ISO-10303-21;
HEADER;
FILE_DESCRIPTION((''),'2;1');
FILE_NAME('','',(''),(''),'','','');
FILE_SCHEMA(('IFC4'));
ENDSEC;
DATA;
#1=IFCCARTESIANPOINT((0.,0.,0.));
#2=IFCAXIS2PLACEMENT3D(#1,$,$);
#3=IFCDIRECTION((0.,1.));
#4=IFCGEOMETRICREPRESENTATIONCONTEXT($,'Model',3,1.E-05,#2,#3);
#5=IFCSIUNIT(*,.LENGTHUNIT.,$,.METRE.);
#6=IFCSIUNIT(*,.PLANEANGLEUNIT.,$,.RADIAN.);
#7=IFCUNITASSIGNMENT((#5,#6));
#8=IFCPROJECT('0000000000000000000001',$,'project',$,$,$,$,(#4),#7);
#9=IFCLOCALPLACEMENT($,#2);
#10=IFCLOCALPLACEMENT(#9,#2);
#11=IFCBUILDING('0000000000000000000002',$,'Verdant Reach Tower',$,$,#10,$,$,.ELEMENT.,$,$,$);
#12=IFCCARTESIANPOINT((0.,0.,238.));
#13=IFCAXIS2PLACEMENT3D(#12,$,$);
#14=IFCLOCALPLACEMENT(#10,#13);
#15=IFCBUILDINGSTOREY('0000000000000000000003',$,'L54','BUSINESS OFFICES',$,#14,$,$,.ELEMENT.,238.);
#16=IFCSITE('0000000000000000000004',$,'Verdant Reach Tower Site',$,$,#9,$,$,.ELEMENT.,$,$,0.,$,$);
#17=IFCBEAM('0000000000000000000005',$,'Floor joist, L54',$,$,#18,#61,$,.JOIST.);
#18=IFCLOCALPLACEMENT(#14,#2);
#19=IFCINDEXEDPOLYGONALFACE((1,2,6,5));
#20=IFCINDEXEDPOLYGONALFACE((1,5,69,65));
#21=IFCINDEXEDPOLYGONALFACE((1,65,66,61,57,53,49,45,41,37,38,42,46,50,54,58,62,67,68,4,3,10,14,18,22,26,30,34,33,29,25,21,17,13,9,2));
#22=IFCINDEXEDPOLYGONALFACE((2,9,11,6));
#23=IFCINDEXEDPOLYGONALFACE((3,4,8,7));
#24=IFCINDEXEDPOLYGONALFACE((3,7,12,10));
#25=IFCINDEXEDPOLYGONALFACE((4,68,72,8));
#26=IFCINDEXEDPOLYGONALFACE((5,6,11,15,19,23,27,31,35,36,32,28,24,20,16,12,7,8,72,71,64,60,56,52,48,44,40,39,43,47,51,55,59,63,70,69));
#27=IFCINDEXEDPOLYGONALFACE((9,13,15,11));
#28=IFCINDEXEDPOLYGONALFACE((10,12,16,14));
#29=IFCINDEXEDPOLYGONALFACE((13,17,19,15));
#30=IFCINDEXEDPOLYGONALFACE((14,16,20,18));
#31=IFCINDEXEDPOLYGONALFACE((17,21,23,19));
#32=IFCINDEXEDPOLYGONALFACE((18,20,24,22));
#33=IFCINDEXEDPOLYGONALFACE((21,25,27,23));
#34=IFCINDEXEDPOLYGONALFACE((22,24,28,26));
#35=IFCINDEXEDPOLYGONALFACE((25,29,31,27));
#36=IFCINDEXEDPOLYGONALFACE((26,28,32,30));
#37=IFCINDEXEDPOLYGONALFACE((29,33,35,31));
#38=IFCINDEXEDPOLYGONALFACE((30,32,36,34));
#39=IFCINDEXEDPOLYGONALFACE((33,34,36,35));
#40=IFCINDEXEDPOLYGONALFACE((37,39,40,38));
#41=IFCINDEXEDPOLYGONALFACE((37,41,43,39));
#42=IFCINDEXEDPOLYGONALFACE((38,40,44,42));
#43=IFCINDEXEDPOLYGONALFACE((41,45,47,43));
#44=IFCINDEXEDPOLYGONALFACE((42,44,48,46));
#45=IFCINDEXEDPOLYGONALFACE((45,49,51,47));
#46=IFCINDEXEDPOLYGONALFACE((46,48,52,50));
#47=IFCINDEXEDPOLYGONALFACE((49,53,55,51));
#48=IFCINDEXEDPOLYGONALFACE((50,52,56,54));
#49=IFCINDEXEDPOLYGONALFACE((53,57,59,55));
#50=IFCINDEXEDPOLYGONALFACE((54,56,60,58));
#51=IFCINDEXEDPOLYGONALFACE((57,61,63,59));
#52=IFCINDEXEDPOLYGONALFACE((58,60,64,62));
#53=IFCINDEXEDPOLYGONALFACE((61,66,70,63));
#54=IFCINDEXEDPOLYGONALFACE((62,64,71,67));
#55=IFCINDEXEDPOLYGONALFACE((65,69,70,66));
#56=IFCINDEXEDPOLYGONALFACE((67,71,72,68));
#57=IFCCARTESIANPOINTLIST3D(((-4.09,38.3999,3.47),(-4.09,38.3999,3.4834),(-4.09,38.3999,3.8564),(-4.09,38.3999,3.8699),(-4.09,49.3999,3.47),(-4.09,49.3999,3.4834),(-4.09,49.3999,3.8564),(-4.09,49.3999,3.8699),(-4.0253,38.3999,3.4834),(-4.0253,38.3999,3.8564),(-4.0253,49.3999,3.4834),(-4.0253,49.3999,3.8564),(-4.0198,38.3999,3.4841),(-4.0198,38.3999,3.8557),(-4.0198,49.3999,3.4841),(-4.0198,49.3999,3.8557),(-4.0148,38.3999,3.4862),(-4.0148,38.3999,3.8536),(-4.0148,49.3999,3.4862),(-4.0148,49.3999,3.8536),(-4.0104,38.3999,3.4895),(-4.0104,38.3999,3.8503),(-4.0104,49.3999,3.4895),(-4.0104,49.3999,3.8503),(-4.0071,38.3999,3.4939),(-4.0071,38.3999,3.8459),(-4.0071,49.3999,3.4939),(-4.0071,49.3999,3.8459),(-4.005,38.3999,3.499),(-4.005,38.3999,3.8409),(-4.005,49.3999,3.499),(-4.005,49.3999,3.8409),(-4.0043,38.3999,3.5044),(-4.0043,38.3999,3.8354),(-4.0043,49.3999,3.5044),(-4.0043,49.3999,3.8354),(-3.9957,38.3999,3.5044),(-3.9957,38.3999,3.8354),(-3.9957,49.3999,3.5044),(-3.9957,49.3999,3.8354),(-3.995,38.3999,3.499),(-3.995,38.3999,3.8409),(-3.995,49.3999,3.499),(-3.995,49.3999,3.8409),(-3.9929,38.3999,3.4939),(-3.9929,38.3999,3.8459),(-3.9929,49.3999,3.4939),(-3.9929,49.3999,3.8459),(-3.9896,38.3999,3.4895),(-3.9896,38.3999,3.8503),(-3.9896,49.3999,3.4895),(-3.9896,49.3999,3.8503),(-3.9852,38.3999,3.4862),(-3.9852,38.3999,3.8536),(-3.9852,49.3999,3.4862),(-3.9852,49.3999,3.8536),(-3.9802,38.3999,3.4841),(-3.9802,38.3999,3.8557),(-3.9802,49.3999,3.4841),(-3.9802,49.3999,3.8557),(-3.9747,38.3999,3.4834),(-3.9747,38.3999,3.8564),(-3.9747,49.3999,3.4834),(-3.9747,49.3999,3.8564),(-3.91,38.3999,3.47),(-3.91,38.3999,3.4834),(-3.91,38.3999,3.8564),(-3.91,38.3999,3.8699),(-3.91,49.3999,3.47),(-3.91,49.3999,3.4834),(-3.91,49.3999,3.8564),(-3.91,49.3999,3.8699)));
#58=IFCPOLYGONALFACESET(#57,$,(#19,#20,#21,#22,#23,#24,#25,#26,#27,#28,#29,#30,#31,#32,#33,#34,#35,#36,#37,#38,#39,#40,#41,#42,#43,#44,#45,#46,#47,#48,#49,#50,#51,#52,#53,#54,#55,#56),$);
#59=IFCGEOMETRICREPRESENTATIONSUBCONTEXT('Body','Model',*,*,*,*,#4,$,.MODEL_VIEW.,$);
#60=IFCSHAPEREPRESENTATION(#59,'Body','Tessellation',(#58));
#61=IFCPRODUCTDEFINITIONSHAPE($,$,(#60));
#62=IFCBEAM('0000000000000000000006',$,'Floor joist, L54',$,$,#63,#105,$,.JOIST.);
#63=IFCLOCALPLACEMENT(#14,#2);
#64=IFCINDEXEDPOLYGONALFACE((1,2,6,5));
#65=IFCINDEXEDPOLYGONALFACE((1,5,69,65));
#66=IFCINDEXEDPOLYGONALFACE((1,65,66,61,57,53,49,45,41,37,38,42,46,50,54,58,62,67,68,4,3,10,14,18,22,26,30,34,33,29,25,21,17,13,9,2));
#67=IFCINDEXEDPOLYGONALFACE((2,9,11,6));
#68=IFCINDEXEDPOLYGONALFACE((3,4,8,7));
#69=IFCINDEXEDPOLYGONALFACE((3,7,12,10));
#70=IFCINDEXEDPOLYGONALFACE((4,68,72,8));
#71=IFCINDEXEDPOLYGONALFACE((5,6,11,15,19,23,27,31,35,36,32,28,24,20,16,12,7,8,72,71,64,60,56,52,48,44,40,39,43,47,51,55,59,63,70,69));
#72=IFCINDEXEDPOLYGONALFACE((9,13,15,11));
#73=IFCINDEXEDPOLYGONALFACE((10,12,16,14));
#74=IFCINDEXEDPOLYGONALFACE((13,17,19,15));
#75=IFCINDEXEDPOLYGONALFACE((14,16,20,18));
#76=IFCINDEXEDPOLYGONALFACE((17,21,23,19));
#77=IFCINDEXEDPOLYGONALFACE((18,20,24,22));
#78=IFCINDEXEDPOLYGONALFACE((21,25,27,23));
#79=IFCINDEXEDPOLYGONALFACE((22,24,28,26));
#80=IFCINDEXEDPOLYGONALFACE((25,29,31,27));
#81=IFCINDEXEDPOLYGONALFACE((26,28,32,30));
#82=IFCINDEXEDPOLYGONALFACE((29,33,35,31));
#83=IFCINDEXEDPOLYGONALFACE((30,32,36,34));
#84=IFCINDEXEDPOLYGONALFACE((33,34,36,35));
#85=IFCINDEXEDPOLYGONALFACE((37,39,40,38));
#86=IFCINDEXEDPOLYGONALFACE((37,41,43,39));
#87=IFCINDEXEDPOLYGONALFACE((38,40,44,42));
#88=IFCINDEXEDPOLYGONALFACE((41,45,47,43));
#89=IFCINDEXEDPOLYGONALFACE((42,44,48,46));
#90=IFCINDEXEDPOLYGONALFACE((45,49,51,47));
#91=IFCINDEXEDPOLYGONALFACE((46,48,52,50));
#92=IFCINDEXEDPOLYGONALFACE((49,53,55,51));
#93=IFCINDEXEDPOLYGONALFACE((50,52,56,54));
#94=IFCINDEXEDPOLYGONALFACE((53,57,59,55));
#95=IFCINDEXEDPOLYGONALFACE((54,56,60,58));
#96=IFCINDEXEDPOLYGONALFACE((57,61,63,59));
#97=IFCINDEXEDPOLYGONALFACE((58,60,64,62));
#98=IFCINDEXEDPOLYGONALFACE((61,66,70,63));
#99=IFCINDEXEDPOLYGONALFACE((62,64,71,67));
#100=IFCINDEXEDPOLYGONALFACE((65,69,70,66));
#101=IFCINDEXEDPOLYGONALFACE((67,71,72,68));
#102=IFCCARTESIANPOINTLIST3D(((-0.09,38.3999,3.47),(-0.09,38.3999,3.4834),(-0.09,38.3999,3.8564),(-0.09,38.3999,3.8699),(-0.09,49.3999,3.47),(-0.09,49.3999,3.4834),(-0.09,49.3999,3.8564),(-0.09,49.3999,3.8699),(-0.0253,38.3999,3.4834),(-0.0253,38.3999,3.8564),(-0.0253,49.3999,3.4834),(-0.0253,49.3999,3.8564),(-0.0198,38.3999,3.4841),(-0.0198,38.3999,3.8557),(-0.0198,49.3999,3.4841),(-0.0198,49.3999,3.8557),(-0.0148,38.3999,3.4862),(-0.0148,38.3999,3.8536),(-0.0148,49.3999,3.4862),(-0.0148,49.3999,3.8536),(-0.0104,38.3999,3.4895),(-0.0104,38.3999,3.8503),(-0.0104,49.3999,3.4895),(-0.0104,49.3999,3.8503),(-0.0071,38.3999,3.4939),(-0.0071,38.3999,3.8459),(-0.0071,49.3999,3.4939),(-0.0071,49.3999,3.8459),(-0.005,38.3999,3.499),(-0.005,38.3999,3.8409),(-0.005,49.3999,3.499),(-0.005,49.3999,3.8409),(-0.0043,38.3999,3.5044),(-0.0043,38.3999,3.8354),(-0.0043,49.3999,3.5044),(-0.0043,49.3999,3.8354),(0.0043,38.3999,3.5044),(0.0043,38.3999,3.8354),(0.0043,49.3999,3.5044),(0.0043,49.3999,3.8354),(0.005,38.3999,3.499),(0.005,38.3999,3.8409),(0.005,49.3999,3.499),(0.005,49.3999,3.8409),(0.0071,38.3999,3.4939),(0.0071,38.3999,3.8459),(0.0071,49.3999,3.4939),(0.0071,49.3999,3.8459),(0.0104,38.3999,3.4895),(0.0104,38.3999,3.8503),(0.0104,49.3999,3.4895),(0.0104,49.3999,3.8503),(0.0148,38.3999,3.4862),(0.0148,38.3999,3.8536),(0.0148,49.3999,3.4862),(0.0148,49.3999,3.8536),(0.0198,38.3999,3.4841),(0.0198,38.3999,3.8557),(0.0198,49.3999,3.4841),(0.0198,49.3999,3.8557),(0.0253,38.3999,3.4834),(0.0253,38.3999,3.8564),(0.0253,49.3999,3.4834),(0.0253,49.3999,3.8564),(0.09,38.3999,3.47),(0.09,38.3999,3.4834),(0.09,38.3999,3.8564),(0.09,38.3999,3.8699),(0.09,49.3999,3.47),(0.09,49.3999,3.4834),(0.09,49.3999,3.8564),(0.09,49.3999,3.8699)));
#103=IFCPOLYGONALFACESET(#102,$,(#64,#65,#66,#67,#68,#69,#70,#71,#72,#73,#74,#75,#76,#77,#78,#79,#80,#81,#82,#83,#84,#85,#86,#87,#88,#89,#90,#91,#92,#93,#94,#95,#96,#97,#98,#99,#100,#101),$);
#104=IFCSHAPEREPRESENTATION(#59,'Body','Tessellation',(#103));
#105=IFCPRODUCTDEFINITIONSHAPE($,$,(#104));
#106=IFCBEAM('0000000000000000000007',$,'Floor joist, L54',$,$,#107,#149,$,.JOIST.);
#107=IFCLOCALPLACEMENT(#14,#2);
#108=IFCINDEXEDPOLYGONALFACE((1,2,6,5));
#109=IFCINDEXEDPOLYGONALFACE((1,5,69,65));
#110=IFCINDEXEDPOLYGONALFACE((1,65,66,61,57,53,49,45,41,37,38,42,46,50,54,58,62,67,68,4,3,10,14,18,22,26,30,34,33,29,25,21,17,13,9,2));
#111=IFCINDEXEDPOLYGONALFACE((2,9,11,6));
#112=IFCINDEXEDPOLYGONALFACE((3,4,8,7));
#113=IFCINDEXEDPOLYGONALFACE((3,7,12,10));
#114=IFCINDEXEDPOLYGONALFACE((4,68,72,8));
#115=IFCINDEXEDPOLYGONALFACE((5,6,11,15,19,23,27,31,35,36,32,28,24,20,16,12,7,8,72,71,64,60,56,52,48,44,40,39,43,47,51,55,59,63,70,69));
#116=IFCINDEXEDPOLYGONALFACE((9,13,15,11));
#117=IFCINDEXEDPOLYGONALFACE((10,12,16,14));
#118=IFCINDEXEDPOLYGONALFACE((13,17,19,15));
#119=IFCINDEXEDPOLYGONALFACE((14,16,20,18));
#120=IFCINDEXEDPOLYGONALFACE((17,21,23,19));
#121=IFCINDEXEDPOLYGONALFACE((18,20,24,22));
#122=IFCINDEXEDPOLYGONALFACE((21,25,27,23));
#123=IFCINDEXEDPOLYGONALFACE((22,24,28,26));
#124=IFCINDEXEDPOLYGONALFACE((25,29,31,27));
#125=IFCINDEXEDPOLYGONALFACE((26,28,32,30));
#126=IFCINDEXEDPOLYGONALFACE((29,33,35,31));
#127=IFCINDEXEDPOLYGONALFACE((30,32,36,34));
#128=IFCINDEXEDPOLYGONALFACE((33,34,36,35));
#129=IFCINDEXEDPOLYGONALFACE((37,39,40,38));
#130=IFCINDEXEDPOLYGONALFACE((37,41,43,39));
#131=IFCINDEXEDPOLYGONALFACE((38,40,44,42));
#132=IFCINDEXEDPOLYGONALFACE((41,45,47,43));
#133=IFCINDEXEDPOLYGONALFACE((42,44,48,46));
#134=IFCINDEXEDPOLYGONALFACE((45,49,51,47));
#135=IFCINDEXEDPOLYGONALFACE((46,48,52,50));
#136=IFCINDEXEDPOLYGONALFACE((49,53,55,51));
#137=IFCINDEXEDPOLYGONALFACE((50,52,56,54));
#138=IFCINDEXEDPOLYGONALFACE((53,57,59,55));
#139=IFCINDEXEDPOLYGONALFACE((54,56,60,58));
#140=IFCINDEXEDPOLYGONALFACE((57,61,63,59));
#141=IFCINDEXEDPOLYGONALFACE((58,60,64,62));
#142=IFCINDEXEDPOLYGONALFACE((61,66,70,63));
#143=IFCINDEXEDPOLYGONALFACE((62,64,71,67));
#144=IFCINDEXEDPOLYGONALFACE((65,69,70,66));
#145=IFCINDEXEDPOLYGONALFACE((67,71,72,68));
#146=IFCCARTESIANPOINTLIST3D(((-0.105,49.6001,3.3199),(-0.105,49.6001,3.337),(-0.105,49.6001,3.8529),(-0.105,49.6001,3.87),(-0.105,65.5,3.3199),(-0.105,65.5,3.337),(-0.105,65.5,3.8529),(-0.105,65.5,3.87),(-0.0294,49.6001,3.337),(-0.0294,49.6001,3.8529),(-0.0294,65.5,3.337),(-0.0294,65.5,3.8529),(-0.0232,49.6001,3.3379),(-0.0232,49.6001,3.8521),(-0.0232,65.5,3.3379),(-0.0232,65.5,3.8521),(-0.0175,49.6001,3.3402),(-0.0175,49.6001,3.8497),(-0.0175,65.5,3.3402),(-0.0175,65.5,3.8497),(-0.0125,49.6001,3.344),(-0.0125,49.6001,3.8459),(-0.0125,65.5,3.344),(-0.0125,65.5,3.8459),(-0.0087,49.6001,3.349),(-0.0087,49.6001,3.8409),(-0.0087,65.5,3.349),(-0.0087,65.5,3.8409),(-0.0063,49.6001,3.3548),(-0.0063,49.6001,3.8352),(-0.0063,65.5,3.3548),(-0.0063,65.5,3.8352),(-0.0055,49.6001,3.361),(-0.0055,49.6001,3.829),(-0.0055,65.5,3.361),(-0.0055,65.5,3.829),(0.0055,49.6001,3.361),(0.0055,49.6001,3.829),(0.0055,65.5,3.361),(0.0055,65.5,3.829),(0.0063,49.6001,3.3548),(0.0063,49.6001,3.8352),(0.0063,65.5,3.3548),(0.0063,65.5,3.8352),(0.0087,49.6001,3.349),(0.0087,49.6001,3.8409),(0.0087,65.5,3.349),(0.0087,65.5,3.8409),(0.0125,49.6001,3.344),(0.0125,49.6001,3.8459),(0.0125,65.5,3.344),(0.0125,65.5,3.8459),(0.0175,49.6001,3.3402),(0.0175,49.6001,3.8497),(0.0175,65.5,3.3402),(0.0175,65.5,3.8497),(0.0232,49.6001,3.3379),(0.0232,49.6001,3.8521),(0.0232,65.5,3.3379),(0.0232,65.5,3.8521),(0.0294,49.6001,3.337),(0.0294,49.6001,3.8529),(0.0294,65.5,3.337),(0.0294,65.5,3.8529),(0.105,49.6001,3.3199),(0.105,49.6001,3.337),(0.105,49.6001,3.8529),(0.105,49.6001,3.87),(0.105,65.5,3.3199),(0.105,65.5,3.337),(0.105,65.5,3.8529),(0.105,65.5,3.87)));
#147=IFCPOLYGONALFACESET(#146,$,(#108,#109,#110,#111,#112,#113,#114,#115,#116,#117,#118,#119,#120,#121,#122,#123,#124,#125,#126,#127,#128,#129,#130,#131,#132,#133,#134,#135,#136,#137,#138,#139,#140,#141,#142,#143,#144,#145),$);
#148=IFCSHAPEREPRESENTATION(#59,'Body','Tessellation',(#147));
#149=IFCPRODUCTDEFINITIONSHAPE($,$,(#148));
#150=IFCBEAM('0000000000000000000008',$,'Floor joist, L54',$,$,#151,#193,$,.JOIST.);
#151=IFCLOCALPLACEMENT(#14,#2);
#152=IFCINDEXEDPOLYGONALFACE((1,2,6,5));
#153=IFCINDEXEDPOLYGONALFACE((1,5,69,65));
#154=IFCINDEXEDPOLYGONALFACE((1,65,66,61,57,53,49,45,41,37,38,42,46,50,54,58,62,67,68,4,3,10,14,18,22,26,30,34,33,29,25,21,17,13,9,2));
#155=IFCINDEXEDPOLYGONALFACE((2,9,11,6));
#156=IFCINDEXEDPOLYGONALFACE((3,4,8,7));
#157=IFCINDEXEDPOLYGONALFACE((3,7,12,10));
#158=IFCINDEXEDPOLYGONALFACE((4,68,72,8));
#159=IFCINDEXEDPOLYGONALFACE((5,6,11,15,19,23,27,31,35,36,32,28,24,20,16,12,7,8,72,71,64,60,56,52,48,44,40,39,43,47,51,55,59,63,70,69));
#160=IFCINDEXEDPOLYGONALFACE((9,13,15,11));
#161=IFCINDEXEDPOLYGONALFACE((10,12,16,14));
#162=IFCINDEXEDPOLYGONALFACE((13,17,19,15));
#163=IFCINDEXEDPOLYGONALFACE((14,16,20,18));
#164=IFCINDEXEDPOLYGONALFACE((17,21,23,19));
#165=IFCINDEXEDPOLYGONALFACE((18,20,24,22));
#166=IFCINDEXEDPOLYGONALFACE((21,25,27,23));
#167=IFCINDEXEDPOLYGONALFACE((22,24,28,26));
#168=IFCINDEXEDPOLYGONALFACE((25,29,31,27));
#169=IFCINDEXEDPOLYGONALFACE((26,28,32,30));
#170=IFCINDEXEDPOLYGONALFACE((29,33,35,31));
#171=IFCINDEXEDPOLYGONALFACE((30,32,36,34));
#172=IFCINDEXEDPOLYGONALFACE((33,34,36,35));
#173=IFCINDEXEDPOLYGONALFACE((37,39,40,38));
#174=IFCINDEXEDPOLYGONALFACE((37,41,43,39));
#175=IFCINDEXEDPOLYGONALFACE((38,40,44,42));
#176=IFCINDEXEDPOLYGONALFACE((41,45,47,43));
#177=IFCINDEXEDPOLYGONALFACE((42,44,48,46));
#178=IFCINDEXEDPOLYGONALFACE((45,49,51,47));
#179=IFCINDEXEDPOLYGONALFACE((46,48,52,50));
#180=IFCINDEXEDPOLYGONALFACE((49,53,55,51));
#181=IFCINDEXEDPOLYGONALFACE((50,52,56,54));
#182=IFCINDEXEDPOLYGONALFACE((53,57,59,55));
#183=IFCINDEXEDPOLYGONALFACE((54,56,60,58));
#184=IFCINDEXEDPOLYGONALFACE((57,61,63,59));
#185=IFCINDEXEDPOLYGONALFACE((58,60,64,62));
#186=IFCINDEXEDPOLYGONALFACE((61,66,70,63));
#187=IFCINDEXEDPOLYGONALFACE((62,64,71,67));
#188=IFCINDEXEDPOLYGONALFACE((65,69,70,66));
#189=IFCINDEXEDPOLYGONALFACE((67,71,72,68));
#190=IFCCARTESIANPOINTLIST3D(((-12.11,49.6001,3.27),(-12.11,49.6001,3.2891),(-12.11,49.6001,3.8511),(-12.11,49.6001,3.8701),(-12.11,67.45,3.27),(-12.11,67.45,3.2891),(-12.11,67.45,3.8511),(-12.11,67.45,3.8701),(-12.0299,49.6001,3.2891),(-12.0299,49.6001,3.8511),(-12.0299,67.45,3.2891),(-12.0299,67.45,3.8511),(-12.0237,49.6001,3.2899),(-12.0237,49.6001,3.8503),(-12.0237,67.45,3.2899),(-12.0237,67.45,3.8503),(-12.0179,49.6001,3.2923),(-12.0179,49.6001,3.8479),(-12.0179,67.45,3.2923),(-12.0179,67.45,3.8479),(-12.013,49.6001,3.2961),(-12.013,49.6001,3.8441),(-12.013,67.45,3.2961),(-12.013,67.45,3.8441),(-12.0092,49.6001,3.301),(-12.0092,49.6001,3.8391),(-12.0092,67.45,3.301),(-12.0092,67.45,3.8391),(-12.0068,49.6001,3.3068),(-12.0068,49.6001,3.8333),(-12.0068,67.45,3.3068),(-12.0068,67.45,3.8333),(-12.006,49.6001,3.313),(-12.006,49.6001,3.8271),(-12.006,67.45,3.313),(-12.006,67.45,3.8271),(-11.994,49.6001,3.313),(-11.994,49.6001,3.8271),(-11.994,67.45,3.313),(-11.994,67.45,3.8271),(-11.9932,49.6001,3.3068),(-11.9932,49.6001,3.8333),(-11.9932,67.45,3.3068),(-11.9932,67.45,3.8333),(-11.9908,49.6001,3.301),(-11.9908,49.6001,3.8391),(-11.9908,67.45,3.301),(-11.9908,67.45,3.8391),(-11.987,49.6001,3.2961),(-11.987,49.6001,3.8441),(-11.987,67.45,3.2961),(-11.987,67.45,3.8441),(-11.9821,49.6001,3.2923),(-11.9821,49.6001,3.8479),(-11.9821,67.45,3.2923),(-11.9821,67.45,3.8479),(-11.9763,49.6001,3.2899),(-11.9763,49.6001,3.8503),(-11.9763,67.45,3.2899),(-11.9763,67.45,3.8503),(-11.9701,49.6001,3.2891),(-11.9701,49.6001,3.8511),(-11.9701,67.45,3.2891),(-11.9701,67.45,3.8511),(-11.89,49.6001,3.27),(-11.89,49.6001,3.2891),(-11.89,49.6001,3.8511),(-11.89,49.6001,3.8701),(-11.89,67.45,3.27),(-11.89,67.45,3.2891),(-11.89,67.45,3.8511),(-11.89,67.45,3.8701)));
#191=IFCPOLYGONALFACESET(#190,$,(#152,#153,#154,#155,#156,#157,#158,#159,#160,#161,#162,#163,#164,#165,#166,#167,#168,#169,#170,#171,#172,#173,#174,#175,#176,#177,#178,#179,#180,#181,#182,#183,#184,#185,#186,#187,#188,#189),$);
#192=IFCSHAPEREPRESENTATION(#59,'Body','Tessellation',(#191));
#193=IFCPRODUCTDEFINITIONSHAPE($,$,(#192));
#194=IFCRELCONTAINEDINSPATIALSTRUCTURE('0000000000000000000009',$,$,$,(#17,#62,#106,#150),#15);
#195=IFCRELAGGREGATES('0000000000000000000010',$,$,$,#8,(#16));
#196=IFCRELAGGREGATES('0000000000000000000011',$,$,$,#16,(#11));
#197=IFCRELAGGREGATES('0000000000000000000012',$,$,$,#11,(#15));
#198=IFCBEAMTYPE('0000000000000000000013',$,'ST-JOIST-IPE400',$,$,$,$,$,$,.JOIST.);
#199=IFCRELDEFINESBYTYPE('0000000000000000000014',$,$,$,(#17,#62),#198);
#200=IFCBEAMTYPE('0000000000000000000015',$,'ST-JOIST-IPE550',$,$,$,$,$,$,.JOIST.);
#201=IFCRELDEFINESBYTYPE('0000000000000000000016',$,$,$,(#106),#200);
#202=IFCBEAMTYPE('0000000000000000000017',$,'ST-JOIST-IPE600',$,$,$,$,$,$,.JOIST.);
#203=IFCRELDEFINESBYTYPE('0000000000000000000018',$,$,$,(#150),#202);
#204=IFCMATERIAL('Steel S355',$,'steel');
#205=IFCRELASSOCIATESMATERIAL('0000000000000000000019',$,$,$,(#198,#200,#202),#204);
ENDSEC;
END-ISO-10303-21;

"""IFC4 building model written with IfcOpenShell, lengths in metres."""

from ifc_helpers import new_model, si_unit, direction, frame, origin, origin_2d, place, context, subcontext, project, spatial, i_section, extrude, material, material_profile, profile_set, type_object, element, save


model = new_model("IFC4")

# Units and contexts
model_context = context("Model", 3, precision=1e-05, world=origin(), true_north=direction((0.0, 1.0)))
body_context = subcontext(model_context, "Body", "Model", "MODEL_VIEW")
ifc_project = project(units=[si_unit("LENGTHUNIT", "METRE"), si_unit("PLANEANGLEUNIT", "RADIAN")], contexts=[model_context])

# Site, building, storey
site_placement = place(None, origin())
site = spatial("IfcSite", under=ifc_project, at=site_placement, Name="Verdant Reach Tower Site", CompositionType="ELEMENT", RefElevation=0.0)
building_placement = place(site_placement, origin())
building = spatial("IfcBuilding", under=site, at=building_placement, Name="Verdant Reach Tower", CompositionType="ELEMENT")
storey_placement = place(building_placement, frame((0.0, 0.0, 238.0)))
storey = spatial("IfcBuildingStorey", under=building, at=storey_placement, Name="L54", Description="BUSINESS OFFICES", CompositionType="ELEMENT", Elevation=238.0)

# Beams
ifc_material_1 = material(Name="Steel S355", Category="steel")
ifc_material_profile_1 = material_profile(ifc_material_1, i_section(OverallWidth=0.1799, OverallDepth=0.3999, WebThickness=0.0085, FlangeThickness=0.0134, FilletRadius=0.021, at=origin_2d()), Name="IPE 400")
ifc_profile_set_1 = profile_set([ifc_material_profile_1], Name="Steel S355")
beam_type_1 = type_object("IfcBeamType", Name="ST-JOIST-IPE400", PredefinedType="JOIST", material=ifc_profile_set_1)
for number, where, z_axis, x_axis, name in (
    (1, (-4.0, 38.3999, 3.6699), (0.0, 1.0, 0.0), (-1.0, 0.0, 0.0), "Floor joist, L54"),
    (2, (0.0, 38.3999, 3.6699), (0.0, 1.0, 0.0), (-1.0, 0.0, 0.0), "Floor joist, L54"),
):
    element("IfcBeam", number, at=place(storey_placement, frame(where, z_axis=z_axis, x_axis=x_axis)), inside=storey, type_object=beam_type_1, Name=name, PredefinedType="JOIST", context=body_context, shape_type="SweptSolid", body=[
        extrude(i_section(OverallWidth=0.1799, OverallDepth=0.3999, WebThickness=0.0085, FlangeThickness=0.0134, FilletRadius=0.021, at=origin_2d()), origin(), (0.0, 0.0, 1.0), 11.0),
    ])
ifc_material_profile_2 = material_profile(ifc_material_1, i_section(OverallWidth=0.21, OverallDepth=0.55, WebThickness=0.011, FlangeThickness=0.0171, FilletRadius=0.0239, at=origin_2d()), Name="IPE 550")
ifc_profile_set_2 = profile_set([ifc_material_profile_2], Name="Steel S355")
beam_type_2 = type_object("IfcBeamType", Name="ST-JOIST-IPE550", PredefinedType="JOIST", material=ifc_profile_set_2)
beam_1_placement = place(storey_placement, frame((0.0, 49.6001, 3.595), z_axis=(0.0, 1.0, 0.0), x_axis=(-1.0, 0.0, 0.0)))
element("IfcBeam", 3, at=beam_1_placement, inside=storey, type_object=beam_type_2, Name="Floor joist, L54", PredefinedType="JOIST", context=body_context, shape_type="SweptSolid", body=[
    extrude(i_section(OverallWidth=0.21, OverallDepth=0.55, WebThickness=0.011, FlangeThickness=0.0171, FilletRadius=0.0239, at=origin_2d()), origin(), (0.0, 0.0, 1.0), 15.8999),
])
ifc_material_profile_3 = material_profile(ifc_material_1, i_section(OverallWidth=0.22, OverallDepth=0.6001, WebThickness=0.012, FlangeThickness=0.019, FilletRadius=0.0239, at=origin_2d()), Name="IPE 600")
ifc_profile_set_3 = profile_set([ifc_material_profile_3], Name="Steel S355")
beam_type_3 = type_object("IfcBeamType", Name="ST-JOIST-IPE600", PredefinedType="JOIST", material=ifc_profile_set_3)
beam_2_placement = place(storey_placement, frame((-12.0, 49.6001, 3.5701), z_axis=(0.0, 1.0, 0.0), x_axis=(-1.0, 0.0, 0.0)))
element("IfcBeam", 4, at=beam_2_placement, inside=storey, type_object=beam_type_3, Name="Floor joist, L54", PredefinedType="JOIST", context=body_context, shape_type="SweptSolid", body=[
    extrude(i_section(OverallWidth=0.22, OverallDepth=0.6001, WebThickness=0.012, FlangeThickness=0.019, FilletRadius=0.0239, at=origin_2d()), origin(), (0.0, 0.0, 1.0), 17.8499),
])

save(model, "model.ifc")
